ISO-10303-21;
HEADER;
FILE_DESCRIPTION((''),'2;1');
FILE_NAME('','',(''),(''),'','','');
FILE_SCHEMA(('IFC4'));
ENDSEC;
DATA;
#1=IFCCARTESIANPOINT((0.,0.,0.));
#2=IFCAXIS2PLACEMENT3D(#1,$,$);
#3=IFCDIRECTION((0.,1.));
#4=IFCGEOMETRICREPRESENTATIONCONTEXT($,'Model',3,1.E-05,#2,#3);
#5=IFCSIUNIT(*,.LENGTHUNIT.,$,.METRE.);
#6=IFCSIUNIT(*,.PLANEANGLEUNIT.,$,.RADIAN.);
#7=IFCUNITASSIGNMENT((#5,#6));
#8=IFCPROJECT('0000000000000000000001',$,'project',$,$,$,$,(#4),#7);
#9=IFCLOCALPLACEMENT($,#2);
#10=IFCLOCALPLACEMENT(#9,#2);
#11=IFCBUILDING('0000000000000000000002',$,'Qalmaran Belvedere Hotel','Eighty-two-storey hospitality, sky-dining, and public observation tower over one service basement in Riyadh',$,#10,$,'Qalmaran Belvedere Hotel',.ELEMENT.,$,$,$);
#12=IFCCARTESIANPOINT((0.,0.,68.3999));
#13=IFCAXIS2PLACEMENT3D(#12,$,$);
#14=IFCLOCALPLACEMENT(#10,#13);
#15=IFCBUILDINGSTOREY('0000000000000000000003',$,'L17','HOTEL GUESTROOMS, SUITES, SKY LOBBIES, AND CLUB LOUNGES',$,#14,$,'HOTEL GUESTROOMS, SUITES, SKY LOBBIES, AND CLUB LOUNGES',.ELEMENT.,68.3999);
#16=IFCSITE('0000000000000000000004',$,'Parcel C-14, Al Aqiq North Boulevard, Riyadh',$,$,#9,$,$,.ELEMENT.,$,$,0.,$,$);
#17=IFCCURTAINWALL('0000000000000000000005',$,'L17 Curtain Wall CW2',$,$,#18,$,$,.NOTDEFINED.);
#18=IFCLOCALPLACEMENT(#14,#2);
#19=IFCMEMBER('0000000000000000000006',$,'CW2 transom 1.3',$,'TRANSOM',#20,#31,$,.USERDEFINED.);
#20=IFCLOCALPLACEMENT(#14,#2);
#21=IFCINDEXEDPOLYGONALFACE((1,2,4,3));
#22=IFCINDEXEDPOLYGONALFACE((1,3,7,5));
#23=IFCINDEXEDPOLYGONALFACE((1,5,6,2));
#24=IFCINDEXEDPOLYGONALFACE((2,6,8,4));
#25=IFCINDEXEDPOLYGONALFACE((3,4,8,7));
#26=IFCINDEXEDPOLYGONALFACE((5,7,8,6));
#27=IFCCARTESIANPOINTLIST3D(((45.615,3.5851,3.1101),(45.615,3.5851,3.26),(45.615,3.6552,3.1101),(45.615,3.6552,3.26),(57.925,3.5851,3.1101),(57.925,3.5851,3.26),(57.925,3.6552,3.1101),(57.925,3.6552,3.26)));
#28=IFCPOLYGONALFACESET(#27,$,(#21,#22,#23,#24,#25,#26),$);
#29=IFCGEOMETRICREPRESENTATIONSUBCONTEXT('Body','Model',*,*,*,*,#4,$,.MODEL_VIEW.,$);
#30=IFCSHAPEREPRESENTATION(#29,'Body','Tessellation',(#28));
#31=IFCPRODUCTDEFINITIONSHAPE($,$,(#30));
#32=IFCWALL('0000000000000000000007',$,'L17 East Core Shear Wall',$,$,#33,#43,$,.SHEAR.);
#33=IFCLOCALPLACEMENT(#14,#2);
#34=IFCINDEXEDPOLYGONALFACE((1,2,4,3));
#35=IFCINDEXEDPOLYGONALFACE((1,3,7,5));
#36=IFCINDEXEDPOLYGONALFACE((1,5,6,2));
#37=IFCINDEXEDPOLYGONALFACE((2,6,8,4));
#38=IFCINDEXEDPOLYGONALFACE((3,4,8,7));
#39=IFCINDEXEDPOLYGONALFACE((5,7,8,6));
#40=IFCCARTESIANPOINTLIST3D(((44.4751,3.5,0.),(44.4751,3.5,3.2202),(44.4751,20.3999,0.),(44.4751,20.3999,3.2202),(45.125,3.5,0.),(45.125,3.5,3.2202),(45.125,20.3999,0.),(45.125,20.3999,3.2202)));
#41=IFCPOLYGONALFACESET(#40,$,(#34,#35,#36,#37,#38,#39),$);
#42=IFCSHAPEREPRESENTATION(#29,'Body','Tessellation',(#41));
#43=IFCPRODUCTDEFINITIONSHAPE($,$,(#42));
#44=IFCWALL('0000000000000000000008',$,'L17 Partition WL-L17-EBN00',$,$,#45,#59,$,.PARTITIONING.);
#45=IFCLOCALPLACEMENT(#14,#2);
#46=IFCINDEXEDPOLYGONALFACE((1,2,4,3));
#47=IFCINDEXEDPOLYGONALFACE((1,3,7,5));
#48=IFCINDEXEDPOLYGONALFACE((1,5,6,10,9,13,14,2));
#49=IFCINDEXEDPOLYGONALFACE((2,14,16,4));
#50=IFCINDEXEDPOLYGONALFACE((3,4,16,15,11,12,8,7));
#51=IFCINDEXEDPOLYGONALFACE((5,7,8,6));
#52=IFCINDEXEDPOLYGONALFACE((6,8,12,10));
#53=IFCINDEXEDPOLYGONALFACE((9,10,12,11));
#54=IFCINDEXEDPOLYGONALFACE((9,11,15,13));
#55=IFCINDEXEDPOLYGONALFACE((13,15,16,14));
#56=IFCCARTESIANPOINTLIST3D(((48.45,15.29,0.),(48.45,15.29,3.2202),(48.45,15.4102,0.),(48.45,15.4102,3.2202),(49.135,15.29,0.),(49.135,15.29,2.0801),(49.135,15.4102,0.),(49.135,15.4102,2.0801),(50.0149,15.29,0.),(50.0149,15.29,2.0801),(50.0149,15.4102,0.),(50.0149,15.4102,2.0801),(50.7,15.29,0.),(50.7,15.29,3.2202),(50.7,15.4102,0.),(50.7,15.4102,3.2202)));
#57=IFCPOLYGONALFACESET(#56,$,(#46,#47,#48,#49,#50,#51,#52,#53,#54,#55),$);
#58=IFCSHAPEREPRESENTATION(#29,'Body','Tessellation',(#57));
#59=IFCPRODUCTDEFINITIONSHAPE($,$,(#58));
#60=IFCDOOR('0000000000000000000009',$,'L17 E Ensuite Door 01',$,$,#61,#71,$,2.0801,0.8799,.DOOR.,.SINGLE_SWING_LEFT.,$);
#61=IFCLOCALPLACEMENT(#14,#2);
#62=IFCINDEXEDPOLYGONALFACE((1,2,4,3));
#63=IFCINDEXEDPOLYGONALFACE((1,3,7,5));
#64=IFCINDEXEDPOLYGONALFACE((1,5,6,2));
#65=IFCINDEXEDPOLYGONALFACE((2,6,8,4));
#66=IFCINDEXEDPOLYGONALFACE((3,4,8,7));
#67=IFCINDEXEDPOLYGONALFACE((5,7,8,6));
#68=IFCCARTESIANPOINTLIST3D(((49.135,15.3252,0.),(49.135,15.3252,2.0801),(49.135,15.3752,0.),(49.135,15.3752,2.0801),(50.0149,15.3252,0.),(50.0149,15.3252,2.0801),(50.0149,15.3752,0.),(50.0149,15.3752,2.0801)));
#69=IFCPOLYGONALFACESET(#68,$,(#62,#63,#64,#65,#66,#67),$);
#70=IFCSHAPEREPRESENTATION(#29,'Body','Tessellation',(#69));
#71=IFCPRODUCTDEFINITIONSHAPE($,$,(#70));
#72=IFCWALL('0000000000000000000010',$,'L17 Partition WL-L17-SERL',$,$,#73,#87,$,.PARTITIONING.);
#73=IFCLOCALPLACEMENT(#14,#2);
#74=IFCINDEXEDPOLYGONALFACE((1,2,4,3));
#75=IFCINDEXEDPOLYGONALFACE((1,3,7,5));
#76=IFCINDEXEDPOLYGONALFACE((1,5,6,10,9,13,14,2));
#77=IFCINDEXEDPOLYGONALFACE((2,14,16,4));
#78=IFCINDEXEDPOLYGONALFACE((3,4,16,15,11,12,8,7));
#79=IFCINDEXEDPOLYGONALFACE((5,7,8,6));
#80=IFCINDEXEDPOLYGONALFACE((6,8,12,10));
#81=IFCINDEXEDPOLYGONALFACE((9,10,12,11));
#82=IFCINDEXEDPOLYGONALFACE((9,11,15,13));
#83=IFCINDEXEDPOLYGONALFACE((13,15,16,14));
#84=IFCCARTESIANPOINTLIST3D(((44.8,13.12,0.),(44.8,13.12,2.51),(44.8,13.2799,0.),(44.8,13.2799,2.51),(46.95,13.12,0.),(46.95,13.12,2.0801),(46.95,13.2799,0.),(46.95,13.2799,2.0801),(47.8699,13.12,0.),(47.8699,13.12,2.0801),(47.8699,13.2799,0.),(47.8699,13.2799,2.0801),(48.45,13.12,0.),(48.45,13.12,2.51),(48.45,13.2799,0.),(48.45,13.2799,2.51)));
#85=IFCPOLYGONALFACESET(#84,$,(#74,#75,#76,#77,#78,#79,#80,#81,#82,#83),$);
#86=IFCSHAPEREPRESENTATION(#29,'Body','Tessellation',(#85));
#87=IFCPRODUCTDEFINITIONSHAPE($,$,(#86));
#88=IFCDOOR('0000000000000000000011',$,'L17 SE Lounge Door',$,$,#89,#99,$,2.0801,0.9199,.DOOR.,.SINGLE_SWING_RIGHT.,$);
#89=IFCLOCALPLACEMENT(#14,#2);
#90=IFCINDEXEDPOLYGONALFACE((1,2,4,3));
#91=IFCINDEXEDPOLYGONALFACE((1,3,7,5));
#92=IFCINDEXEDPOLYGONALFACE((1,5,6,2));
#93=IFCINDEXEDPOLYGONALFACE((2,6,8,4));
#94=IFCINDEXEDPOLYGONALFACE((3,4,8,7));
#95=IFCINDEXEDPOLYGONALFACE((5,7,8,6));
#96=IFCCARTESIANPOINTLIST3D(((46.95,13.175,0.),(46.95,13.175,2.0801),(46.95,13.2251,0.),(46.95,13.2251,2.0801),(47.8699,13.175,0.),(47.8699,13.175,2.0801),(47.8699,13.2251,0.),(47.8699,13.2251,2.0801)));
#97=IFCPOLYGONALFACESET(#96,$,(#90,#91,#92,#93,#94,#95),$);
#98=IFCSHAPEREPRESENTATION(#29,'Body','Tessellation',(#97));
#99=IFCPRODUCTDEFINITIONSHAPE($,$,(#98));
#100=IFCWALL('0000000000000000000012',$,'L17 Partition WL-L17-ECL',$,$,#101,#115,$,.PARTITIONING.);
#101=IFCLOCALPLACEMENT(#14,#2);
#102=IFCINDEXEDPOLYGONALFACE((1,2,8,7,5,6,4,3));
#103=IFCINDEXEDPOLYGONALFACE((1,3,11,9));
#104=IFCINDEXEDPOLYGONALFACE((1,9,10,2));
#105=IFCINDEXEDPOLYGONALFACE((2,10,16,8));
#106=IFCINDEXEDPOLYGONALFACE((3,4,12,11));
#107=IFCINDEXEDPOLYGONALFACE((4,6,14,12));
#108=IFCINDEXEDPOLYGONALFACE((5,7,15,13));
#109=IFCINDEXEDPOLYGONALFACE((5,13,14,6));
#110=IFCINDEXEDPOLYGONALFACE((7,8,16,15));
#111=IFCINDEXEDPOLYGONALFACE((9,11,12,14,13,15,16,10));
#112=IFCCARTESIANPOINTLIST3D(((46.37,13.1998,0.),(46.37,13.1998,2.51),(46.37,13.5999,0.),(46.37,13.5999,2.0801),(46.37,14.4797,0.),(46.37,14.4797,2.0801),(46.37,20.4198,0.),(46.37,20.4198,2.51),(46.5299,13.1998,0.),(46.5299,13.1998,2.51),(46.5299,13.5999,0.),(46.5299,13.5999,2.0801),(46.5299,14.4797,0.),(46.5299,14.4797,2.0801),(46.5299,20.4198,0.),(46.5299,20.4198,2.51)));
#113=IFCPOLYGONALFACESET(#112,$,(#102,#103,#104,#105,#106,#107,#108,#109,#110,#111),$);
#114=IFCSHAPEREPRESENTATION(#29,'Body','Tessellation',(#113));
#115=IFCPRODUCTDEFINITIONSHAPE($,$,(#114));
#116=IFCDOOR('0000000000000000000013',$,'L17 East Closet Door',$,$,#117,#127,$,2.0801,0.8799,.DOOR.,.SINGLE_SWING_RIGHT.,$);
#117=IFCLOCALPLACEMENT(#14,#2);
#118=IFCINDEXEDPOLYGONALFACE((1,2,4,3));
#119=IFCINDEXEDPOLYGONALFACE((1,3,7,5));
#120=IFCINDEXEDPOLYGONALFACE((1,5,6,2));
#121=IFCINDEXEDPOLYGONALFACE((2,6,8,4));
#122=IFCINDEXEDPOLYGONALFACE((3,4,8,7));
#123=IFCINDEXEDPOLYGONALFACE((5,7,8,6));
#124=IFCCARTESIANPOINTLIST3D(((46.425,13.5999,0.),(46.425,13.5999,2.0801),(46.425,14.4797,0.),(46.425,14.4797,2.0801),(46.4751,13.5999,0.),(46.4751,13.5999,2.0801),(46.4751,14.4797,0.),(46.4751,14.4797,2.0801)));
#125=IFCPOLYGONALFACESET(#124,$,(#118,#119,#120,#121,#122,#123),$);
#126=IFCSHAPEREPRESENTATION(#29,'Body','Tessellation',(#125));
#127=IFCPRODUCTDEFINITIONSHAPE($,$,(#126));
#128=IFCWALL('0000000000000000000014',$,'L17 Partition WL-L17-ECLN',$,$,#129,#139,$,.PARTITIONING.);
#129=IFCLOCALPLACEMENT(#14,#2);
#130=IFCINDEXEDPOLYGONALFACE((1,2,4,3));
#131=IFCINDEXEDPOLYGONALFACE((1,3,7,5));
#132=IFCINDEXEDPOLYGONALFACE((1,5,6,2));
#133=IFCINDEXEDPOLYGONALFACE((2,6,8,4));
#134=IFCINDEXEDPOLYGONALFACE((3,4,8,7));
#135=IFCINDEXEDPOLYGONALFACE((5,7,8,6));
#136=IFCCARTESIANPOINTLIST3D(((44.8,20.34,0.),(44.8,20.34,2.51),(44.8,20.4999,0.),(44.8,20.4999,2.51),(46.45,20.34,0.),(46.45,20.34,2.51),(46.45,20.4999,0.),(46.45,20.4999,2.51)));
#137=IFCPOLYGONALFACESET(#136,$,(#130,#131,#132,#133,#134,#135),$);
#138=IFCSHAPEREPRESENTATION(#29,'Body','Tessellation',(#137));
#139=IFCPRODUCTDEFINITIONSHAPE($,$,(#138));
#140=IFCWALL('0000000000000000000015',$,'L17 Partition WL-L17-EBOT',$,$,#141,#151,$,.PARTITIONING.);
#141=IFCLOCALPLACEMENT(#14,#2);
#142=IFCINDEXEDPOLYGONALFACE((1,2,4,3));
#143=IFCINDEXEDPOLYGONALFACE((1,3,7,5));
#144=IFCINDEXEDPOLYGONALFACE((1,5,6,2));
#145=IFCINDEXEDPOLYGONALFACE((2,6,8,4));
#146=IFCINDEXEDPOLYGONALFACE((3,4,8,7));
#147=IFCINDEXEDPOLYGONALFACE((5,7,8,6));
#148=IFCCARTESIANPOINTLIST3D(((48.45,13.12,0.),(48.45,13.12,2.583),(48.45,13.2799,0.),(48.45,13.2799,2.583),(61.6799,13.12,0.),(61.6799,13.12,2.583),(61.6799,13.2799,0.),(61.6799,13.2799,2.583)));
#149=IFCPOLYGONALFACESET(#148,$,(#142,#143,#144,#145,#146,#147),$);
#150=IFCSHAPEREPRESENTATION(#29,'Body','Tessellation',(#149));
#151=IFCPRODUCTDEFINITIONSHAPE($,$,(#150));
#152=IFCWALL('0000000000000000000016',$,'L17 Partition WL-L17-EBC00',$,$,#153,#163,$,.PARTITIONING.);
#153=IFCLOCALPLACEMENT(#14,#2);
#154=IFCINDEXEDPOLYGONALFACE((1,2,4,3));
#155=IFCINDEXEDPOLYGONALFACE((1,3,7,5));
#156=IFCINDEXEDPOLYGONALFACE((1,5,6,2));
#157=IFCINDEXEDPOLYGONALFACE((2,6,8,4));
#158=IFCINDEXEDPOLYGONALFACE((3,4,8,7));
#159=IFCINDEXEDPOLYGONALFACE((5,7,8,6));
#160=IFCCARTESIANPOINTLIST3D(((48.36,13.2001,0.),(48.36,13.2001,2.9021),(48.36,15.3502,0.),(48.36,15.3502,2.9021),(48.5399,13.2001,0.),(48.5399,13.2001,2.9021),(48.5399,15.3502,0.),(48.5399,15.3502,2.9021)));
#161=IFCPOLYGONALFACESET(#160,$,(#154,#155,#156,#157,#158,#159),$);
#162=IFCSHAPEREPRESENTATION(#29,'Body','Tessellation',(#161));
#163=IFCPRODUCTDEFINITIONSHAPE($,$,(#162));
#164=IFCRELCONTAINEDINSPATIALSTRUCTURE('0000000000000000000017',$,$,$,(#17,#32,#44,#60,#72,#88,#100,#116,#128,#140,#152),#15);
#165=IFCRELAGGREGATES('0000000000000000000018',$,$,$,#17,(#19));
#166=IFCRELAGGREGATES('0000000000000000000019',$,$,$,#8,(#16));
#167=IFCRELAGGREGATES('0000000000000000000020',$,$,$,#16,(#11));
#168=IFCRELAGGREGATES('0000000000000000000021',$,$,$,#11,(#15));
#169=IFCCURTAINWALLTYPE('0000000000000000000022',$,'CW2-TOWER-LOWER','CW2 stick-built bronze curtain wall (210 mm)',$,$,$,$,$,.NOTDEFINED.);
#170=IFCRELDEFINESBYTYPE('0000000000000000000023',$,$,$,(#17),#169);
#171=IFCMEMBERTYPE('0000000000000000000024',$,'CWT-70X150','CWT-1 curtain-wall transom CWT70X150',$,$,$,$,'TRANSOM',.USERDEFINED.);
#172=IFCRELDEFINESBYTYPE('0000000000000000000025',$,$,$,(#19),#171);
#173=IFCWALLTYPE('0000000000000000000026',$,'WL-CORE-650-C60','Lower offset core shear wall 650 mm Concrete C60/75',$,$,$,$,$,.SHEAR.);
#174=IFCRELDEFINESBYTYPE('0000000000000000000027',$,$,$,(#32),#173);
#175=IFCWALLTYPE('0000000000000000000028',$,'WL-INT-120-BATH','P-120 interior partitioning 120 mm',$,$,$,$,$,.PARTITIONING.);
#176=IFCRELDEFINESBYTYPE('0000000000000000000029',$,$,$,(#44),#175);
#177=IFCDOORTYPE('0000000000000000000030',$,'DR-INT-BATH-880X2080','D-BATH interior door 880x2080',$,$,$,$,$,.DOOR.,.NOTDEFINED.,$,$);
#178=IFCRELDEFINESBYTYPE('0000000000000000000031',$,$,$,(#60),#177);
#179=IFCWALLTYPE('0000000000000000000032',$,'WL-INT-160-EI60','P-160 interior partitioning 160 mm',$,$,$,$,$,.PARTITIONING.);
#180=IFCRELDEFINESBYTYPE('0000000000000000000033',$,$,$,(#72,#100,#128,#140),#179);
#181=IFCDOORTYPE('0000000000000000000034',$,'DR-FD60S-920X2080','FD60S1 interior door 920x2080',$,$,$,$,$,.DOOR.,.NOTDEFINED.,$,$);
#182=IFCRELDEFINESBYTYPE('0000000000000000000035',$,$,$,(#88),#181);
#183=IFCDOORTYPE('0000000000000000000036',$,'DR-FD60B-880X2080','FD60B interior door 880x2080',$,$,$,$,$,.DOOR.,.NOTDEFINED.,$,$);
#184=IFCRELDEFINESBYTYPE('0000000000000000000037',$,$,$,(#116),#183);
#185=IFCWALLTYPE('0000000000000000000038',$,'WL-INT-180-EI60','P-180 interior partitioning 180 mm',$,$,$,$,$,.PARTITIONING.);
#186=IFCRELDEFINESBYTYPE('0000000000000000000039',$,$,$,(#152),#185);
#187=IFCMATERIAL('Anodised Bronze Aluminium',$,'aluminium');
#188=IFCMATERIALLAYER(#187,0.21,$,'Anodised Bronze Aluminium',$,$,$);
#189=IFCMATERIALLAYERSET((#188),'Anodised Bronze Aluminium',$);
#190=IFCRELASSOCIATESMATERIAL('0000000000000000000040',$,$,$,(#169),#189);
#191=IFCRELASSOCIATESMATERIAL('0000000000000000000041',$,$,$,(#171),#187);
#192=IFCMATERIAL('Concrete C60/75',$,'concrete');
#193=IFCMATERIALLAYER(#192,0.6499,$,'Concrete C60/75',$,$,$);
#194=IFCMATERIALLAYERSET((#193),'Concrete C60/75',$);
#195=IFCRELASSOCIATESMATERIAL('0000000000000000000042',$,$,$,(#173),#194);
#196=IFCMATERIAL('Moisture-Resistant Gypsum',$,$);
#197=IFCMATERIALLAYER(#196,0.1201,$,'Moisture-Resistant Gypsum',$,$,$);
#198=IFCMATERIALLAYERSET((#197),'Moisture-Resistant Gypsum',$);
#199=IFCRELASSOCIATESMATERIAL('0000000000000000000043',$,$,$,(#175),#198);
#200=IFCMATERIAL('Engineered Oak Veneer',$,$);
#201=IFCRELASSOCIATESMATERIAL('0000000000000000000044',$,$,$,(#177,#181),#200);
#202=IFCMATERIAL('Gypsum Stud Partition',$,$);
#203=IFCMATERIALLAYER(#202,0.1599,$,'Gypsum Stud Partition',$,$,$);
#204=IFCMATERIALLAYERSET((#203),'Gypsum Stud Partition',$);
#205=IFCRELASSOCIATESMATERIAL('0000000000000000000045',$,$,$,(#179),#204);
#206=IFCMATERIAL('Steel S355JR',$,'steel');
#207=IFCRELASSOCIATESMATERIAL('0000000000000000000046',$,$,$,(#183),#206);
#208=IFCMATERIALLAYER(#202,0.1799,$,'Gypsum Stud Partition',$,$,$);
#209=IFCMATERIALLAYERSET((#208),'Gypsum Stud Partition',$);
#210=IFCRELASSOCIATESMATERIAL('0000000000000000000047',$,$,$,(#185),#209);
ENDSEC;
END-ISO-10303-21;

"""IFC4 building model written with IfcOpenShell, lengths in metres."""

from ifc_helpers import new_model, si_unit, direction, frame, frame_2d, origin, origin_2d, place, context, subcontext, project, spatial, rectangle, extrude, material, layer, layer_set, material_profile, profile_set, type_object, element, fill, aggregate, save


model = new_model("IFC4")

# Units and contexts
model_context = context("Model", 3, precision=1e-05, world=origin(), true_north=direction((0.0, 1.0)))
body_context = subcontext(model_context, "Body", "Model", "MODEL_VIEW")
ifc_project = project(units=[si_unit("LENGTHUNIT", "METRE"), si_unit("PLANEANGLEUNIT", "RADIAN")], contexts=[model_context])

# Site, building, storey
site_placement = place(None, origin())
site = spatial("IfcSite", under=ifc_project, at=site_placement, Name="Parcel C-14, Al Aqiq North Boulevard, Riyadh", CompositionType="ELEMENT", RefElevation=0.0)
building_placement = place(site_placement, origin())
building = spatial("IfcBuilding", under=site, at=building_placement, Name="Qalmaran Belvedere Hotel", Description="Eighty-two-storey hospitality, sky-dining, and public observation tower over one service basement in Riyadh", LongName="Qalmaran Belvedere Hotel", CompositionType="ELEMENT")
storey_placement = place(building_placement, frame((0.0, 0.0, 68.3999)))
storey = spatial("IfcBuildingStorey", under=building, at=storey_placement, Name="L17", Description="HOTEL GUESTROOMS, SUITES, SKY LOBBIES, AND CLUB LOUNGES", LongName="HOTEL GUESTROOMS, SUITES, SKY LOBBIES, AND CLUB LOUNGES", CompositionType="ELEMENT", Elevation=68.3999)

# Shared definitions
ifc_material_1 = material(Name="Concrete C60/75", Category="concrete")

# Shared definitions
ifc_material_2 = material(Name="Steel S355JR", Category="steel")

# Curtain wall, member
ifc_material_3 = material(Name="Anodised Bronze Aluminium", Category="aluminium")
ifc_layer_1 = layer(ifc_material_3, 0.21, Name="Anodised Bronze Aluminium")
ifc_layer_set_1 = layer_set([ifc_layer_1], Name="Anodised Bronze Aluminium")
curtain_wall_type = type_object("IfcCurtainWallType", Name="CW2-TOWER-LOWER", Description="CW2 stick-built bronze curtain wall (210 mm)", PredefinedType="NOTDEFINED", material=ifc_layer_set_1)
curtain_wall_placement = place(storey_placement, origin())
curtain_wall = element("IfcCurtainWall", 1, at=curtain_wall_placement, inside=storey, type_object=curtain_wall_type, Name="L17 Curtain Wall CW2", PredefinedType="NOTDEFINED")
ifc_material_profile_1 = material_profile(ifc_material_3, rectangle(XDim=0.0701, YDim=0.1499, at=origin_2d()), Name="CWT70X150")
ifc_profile_set_1 = profile_set([ifc_material_profile_1], Name="Anodised Bronze Aluminium")
member_type_1 = type_object("IfcMemberType", Name="CWT-70X150", Description="CWT-1 curtain-wall transom CWT70X150", ElementType="TRANSOM", PredefinedType="USERDEFINED", material=ifc_profile_set_1)
member_1_placement = place(storey_placement, frame((45.615, 3.6201, 3.1851), z_axis=(1.0, 0.0, 0.0), x_axis=(0.0, 1.0, 0.0)))
member_1 = element("IfcMember", 2, at=member_1_placement, type_object=member_type_1, Name="CW2 transom 1.3", ObjectType="TRANSOM", PredefinedType="USERDEFINED", context=body_context, shape_type="SweptSolid", body=[
    extrude(rectangle(XDim=0.0701, YDim=0.1499, at=origin_2d()), origin(), (0.0, 0.0, 1.0), 12.3101),
])
aggregate(curtain_wall, [member_1])

# Wall
ifc_layer_2 = layer(ifc_material_1, 0.6499, Name="Concrete C60/75")
ifc_layer_set_2 = layer_set([ifc_layer_2], Name="Concrete C60/75")
wall_type_1 = type_object("IfcWallType", Name="WL-CORE-650-C60", Description="Lower offset core shear wall 650 mm Concrete C60/75", PredefinedType="SHEAR", material=ifc_layer_set_2)
wall_1_placement = place(storey_placement, frame((44.8, 3.5, 0.0), z_axis=(0.0, 0.0, 1.0), x_axis=(0.0, 1.0, 0.0)))
element("IfcWall", 3, at=wall_1_placement, inside=storey, type_object=wall_type_1, Name="L17 East Core Shear Wall", PredefinedType="SHEAR", context=body_context, shape_type="SweptSolid", body=[
    extrude(rectangle(XDim=16.8999, YDim=0.6499, at=frame_2d((8.45, 0.0))), origin(), (0.0, 0.0, 1.0), 3.2202),
])

# Walls, openings, doors
ifc_material_4 = material(Name="Moisture-Resistant Gypsum")
ifc_layer_3 = layer(ifc_material_4, 0.1201, Name="Moisture-Resistant Gypsum")
ifc_layer_set_3 = layer_set([ifc_layer_3], Name="Moisture-Resistant Gypsum")
wall_type_2 = type_object("IfcWallType", Name="WL-INT-120-BATH", Description="P-120 interior partitioning 120 mm", PredefinedType="PARTITIONING", material=ifc_layer_set_3)
wall_2_placement = place(storey_placement, frame((48.45, 15.3501, 0.0), z_axis=(0.0, 0.0, 1.0), x_axis=(1.0, 0.0, 0.0)))
wall_2 = element("IfcWall", 4, at=wall_2_placement, inside=storey, type_object=wall_type_2, Name="L17 Partition WL-L17-EBN00", PredefinedType="PARTITIONING", context=body_context, shape_type="SweptSolid", body=[
    extrude(rectangle(XDim=2.25, YDim=0.1201, at=frame_2d((1.125, 0.0))), origin(), (0.0, 0.0, 1.0), 3.2202),
])
opening_1_placement = place(wall_2_placement, frame((1.5649, 0.0, 0.0), z_axis=(0.0, 0.0, 1.0), x_axis=(-1.0, 0.0, 0.0)))
opening_1 = element("IfcOpeningElement", 5, at=opening_1_placement, cuts=wall_2, PredefinedType="OPENING", context=body_context, shape_type="SweptSolid", body=[
    extrude(rectangle(XDim=0.8799, YDim=2.0801, at=frame_2d((0.4399, 1.04))), frame((0.0, 0.0701, 0.0), z_axis=(0.0, -1.0, 0.0), x_axis=(1.0, 0.0, 0.0)), (0.0, 0.0, 1.0), 0.1401),
])
ifc_material_5 = material(Name="Engineered Oak Veneer")
door_type_1 = type_object("IfcDoorType", Name="DR-INT-BATH-880X2080", Description="D-BATH interior door 880x2080", OperationType="NOTDEFINED", PredefinedType="DOOR", material=ifc_material_5)
door_1_placement = place(opening_1_placement, origin())
door_1 = element("IfcDoor", 6, at=door_1_placement, inside=storey, type_object=door_type_1, Name="L17 E Ensuite Door 01", OperationType="SINGLE_SWING_LEFT", OverallHeight=2.0801, OverallWidth=0.8799, PredefinedType="DOOR", context=body_context, shape_type="SweptSolid", body=[
    extrude(rectangle(XDim=0.8799, YDim=2.0801, at=frame_2d((0.4399, 1.04))), frame((0.0, 0.0249, 0.0), z_axis=(0.0, -1.0, 0.0), x_axis=(1.0, 0.0, 0.0)), (0.0, 0.0, 1.0), 0.05),
])
fill(opening_1, door_1)
ifc_material_6 = material(Name="Gypsum Stud Partition")
ifc_layer_4 = layer(ifc_material_6, 0.1599, Name="Gypsum Stud Partition")
ifc_layer_set_4 = layer_set([ifc_layer_4], Name="Gypsum Stud Partition")
wall_type_3 = type_object("IfcWallType", Name="WL-INT-160-EI60", Description="P-160 interior partitioning 160 mm", PredefinedType="PARTITIONING", material=ifc_layer_set_4)
wall_3_placement = place(storey_placement, frame((44.8, 13.2, 0.0), z_axis=(0.0, 0.0, 1.0), x_axis=(1.0, 0.0, 0.0)))
wall_3 = element("IfcWall", 7, at=wall_3_placement, inside=storey, type_object=wall_type_3, Name="L17 Partition WL-L17-SERL", PredefinedType="PARTITIONING", context=body_context, shape_type="SweptSolid", body=[
    extrude(rectangle(XDim=3.6499, YDim=0.1599, at=frame_2d((1.825, 0.0))), origin(), (0.0, 0.0, 1.0), 2.51),
])
opening_2_placement = place(wall_3_placement, frame((3.0698, 0.0, 0.0), z_axis=(0.0, 0.0, 1.0), x_axis=(-1.0, 0.0, 0.0)))
opening_2 = element("IfcOpeningElement", 8, at=opening_2_placement, cuts=wall_3, PredefinedType="OPENING", context=body_context, shape_type="SweptSolid", body=[
    extrude(rectangle(XDim=0.9199, YDim=2.0801, at=frame_2d((0.46, 1.04))), frame((0.0, 0.0898, 0.0), z_axis=(0.0, -1.0, 0.0), x_axis=(1.0, 0.0, 0.0)), (0.0, 0.0, 1.0), 0.1799),
])
door_type_2 = type_object("IfcDoorType", Name="DR-FD60S-920X2080", Description="FD60S1 interior door 920x2080", OperationType="NOTDEFINED", PredefinedType="DOOR", material=ifc_material_5)
door_2_placement = place(opening_2_placement, origin())
door_2 = element("IfcDoor", 9, at=door_2_placement, inside=storey, type_object=door_type_2, Name="L17 SE Lounge Door", OperationType="SINGLE_SWING_RIGHT", OverallHeight=2.0801, OverallWidth=0.9199, PredefinedType="DOOR", context=body_context, shape_type="SweptSolid", body=[
    extrude(rectangle(XDim=0.9199, YDim=2.0801, at=frame_2d((0.46, 1.04))), frame((0.0, 0.0249, 0.0), z_axis=(0.0, -1.0, 0.0), x_axis=(1.0, 0.0, 0.0)), (0.0, 0.0, 1.0), 0.05),
])
fill(opening_2, door_2)
wall_4_placement = place(storey_placement, frame((46.45, 13.2, 0.0), z_axis=(0.0, 0.0, 1.0), x_axis=(0.0, 1.0, 0.0)))
wall_4 = element("IfcWall", 10, at=wall_4_placement, inside=storey, type_object=wall_type_3, Name="L17 Partition WL-L17-ECL", PredefinedType="PARTITIONING", context=body_context, shape_type="SweptSolid", body=[
    extrude(rectangle(XDim=7.22, YDim=0.1599, at=frame_2d((3.6099, 0.0))), origin(), (0.0, 0.0, 1.0), 2.51),
])
opening_3_placement = place(wall_4_placement, frame((0.3999, 0.0, 0.0)))
opening_3 = element("IfcOpeningElement", 11, at=opening_3_placement, cuts=wall_4, PredefinedType="OPENING", context=body_context, shape_type="SweptSolid", body=[
    extrude(rectangle(XDim=0.8799, YDim=2.0801, at=frame_2d((0.4399, 1.04))), frame((0.0, 0.0898, 0.0), z_axis=(0.0, -1.0, 0.0), x_axis=(1.0, 0.0, 0.0)), (0.0, 0.0, 1.0), 0.1799),
])
door_type_3 = type_object("IfcDoorType", Name="DR-FD60B-880X2080", Description="FD60B interior door 880x2080", OperationType="NOTDEFINED", PredefinedType="DOOR", material=ifc_material_2)
door_3_placement = place(opening_3_placement, origin())
door_3 = element("IfcDoor", 12, at=door_3_placement, inside=storey, type_object=door_type_3, Name="L17 East Closet Door", OperationType="SINGLE_SWING_RIGHT", OverallHeight=2.0801, OverallWidth=0.8799, PredefinedType="DOOR", context=body_context, shape_type="SweptSolid", body=[
    extrude(rectangle(XDim=0.8799, YDim=2.0801, at=frame_2d((0.4399, 1.04))), frame((0.0, 0.0249, 0.0), z_axis=(0.0, -1.0, 0.0), x_axis=(1.0, 0.0, 0.0)), (0.0, 0.0, 1.0), 0.05),
])
fill(opening_3, door_3)

# Walls
wall_5_placement = place(storey_placement, frame((44.8, 20.4199, 0.0), z_axis=(0.0, 0.0, 1.0), x_axis=(1.0, 0.0, 0.0)))
element("IfcWall", 13, at=wall_5_placement, inside=storey, type_object=wall_type_3, Name="L17 Partition WL-L17-ECLN", PredefinedType="PARTITIONING", context=body_context, shape_type="SweptSolid", body=[
    extrude(rectangle(XDim=1.6499, YDim=0.1599, at=frame_2d((0.825, 0.0))), origin(), (0.0, 0.0, 1.0), 2.51),
])
wall_6_placement = place(storey_placement, frame((48.45, 13.2, 0.0), z_axis=(0.0, 0.0, 1.0), x_axis=(1.0, 0.0, 0.0)))
element("IfcWall", 14, at=wall_6_placement, inside=storey, type_object=wall_type_3, Name="L17 Partition WL-L17-EBOT", PredefinedType="PARTITIONING", context=body_context, shape_type="SweptSolid", body=[
    extrude(rectangle(XDim=13.23, YDim=0.1599, at=frame_2d((6.615, 0.0))), origin(), (0.0, 0.0, 1.0), 2.583),
])
ifc_layer_5 = layer(ifc_material_6, 0.1799, Name="Gypsum Stud Partition")
ifc_layer_set_5 = layer_set([ifc_layer_5], Name="Gypsum Stud Partition")
wall_type_4 = type_object("IfcWallType", Name="WL-INT-180-EI60", Description="P-180 interior partitioning 180 mm", PredefinedType="PARTITIONING", material=ifc_layer_set_5)
wall_7_placement = place(storey_placement, frame((48.45, 13.2, 0.0), z_axis=(0.0, 0.0, 1.0), x_axis=(0.0, 1.0, 0.0)))
element("IfcWall", 15, at=wall_7_placement, inside=storey, type_object=wall_type_4, Name="L17 Partition WL-L17-EBC00", PredefinedType="PARTITIONING", context=body_context, shape_type="SweptSolid", body=[
    extrude(rectangle(XDim=2.1501, YDim=0.1799, at=frame_2d((1.0752, 0.0))), origin(), (0.0, 0.0, 1.0), 2.9021),
])

save(model, "model.ifc")
